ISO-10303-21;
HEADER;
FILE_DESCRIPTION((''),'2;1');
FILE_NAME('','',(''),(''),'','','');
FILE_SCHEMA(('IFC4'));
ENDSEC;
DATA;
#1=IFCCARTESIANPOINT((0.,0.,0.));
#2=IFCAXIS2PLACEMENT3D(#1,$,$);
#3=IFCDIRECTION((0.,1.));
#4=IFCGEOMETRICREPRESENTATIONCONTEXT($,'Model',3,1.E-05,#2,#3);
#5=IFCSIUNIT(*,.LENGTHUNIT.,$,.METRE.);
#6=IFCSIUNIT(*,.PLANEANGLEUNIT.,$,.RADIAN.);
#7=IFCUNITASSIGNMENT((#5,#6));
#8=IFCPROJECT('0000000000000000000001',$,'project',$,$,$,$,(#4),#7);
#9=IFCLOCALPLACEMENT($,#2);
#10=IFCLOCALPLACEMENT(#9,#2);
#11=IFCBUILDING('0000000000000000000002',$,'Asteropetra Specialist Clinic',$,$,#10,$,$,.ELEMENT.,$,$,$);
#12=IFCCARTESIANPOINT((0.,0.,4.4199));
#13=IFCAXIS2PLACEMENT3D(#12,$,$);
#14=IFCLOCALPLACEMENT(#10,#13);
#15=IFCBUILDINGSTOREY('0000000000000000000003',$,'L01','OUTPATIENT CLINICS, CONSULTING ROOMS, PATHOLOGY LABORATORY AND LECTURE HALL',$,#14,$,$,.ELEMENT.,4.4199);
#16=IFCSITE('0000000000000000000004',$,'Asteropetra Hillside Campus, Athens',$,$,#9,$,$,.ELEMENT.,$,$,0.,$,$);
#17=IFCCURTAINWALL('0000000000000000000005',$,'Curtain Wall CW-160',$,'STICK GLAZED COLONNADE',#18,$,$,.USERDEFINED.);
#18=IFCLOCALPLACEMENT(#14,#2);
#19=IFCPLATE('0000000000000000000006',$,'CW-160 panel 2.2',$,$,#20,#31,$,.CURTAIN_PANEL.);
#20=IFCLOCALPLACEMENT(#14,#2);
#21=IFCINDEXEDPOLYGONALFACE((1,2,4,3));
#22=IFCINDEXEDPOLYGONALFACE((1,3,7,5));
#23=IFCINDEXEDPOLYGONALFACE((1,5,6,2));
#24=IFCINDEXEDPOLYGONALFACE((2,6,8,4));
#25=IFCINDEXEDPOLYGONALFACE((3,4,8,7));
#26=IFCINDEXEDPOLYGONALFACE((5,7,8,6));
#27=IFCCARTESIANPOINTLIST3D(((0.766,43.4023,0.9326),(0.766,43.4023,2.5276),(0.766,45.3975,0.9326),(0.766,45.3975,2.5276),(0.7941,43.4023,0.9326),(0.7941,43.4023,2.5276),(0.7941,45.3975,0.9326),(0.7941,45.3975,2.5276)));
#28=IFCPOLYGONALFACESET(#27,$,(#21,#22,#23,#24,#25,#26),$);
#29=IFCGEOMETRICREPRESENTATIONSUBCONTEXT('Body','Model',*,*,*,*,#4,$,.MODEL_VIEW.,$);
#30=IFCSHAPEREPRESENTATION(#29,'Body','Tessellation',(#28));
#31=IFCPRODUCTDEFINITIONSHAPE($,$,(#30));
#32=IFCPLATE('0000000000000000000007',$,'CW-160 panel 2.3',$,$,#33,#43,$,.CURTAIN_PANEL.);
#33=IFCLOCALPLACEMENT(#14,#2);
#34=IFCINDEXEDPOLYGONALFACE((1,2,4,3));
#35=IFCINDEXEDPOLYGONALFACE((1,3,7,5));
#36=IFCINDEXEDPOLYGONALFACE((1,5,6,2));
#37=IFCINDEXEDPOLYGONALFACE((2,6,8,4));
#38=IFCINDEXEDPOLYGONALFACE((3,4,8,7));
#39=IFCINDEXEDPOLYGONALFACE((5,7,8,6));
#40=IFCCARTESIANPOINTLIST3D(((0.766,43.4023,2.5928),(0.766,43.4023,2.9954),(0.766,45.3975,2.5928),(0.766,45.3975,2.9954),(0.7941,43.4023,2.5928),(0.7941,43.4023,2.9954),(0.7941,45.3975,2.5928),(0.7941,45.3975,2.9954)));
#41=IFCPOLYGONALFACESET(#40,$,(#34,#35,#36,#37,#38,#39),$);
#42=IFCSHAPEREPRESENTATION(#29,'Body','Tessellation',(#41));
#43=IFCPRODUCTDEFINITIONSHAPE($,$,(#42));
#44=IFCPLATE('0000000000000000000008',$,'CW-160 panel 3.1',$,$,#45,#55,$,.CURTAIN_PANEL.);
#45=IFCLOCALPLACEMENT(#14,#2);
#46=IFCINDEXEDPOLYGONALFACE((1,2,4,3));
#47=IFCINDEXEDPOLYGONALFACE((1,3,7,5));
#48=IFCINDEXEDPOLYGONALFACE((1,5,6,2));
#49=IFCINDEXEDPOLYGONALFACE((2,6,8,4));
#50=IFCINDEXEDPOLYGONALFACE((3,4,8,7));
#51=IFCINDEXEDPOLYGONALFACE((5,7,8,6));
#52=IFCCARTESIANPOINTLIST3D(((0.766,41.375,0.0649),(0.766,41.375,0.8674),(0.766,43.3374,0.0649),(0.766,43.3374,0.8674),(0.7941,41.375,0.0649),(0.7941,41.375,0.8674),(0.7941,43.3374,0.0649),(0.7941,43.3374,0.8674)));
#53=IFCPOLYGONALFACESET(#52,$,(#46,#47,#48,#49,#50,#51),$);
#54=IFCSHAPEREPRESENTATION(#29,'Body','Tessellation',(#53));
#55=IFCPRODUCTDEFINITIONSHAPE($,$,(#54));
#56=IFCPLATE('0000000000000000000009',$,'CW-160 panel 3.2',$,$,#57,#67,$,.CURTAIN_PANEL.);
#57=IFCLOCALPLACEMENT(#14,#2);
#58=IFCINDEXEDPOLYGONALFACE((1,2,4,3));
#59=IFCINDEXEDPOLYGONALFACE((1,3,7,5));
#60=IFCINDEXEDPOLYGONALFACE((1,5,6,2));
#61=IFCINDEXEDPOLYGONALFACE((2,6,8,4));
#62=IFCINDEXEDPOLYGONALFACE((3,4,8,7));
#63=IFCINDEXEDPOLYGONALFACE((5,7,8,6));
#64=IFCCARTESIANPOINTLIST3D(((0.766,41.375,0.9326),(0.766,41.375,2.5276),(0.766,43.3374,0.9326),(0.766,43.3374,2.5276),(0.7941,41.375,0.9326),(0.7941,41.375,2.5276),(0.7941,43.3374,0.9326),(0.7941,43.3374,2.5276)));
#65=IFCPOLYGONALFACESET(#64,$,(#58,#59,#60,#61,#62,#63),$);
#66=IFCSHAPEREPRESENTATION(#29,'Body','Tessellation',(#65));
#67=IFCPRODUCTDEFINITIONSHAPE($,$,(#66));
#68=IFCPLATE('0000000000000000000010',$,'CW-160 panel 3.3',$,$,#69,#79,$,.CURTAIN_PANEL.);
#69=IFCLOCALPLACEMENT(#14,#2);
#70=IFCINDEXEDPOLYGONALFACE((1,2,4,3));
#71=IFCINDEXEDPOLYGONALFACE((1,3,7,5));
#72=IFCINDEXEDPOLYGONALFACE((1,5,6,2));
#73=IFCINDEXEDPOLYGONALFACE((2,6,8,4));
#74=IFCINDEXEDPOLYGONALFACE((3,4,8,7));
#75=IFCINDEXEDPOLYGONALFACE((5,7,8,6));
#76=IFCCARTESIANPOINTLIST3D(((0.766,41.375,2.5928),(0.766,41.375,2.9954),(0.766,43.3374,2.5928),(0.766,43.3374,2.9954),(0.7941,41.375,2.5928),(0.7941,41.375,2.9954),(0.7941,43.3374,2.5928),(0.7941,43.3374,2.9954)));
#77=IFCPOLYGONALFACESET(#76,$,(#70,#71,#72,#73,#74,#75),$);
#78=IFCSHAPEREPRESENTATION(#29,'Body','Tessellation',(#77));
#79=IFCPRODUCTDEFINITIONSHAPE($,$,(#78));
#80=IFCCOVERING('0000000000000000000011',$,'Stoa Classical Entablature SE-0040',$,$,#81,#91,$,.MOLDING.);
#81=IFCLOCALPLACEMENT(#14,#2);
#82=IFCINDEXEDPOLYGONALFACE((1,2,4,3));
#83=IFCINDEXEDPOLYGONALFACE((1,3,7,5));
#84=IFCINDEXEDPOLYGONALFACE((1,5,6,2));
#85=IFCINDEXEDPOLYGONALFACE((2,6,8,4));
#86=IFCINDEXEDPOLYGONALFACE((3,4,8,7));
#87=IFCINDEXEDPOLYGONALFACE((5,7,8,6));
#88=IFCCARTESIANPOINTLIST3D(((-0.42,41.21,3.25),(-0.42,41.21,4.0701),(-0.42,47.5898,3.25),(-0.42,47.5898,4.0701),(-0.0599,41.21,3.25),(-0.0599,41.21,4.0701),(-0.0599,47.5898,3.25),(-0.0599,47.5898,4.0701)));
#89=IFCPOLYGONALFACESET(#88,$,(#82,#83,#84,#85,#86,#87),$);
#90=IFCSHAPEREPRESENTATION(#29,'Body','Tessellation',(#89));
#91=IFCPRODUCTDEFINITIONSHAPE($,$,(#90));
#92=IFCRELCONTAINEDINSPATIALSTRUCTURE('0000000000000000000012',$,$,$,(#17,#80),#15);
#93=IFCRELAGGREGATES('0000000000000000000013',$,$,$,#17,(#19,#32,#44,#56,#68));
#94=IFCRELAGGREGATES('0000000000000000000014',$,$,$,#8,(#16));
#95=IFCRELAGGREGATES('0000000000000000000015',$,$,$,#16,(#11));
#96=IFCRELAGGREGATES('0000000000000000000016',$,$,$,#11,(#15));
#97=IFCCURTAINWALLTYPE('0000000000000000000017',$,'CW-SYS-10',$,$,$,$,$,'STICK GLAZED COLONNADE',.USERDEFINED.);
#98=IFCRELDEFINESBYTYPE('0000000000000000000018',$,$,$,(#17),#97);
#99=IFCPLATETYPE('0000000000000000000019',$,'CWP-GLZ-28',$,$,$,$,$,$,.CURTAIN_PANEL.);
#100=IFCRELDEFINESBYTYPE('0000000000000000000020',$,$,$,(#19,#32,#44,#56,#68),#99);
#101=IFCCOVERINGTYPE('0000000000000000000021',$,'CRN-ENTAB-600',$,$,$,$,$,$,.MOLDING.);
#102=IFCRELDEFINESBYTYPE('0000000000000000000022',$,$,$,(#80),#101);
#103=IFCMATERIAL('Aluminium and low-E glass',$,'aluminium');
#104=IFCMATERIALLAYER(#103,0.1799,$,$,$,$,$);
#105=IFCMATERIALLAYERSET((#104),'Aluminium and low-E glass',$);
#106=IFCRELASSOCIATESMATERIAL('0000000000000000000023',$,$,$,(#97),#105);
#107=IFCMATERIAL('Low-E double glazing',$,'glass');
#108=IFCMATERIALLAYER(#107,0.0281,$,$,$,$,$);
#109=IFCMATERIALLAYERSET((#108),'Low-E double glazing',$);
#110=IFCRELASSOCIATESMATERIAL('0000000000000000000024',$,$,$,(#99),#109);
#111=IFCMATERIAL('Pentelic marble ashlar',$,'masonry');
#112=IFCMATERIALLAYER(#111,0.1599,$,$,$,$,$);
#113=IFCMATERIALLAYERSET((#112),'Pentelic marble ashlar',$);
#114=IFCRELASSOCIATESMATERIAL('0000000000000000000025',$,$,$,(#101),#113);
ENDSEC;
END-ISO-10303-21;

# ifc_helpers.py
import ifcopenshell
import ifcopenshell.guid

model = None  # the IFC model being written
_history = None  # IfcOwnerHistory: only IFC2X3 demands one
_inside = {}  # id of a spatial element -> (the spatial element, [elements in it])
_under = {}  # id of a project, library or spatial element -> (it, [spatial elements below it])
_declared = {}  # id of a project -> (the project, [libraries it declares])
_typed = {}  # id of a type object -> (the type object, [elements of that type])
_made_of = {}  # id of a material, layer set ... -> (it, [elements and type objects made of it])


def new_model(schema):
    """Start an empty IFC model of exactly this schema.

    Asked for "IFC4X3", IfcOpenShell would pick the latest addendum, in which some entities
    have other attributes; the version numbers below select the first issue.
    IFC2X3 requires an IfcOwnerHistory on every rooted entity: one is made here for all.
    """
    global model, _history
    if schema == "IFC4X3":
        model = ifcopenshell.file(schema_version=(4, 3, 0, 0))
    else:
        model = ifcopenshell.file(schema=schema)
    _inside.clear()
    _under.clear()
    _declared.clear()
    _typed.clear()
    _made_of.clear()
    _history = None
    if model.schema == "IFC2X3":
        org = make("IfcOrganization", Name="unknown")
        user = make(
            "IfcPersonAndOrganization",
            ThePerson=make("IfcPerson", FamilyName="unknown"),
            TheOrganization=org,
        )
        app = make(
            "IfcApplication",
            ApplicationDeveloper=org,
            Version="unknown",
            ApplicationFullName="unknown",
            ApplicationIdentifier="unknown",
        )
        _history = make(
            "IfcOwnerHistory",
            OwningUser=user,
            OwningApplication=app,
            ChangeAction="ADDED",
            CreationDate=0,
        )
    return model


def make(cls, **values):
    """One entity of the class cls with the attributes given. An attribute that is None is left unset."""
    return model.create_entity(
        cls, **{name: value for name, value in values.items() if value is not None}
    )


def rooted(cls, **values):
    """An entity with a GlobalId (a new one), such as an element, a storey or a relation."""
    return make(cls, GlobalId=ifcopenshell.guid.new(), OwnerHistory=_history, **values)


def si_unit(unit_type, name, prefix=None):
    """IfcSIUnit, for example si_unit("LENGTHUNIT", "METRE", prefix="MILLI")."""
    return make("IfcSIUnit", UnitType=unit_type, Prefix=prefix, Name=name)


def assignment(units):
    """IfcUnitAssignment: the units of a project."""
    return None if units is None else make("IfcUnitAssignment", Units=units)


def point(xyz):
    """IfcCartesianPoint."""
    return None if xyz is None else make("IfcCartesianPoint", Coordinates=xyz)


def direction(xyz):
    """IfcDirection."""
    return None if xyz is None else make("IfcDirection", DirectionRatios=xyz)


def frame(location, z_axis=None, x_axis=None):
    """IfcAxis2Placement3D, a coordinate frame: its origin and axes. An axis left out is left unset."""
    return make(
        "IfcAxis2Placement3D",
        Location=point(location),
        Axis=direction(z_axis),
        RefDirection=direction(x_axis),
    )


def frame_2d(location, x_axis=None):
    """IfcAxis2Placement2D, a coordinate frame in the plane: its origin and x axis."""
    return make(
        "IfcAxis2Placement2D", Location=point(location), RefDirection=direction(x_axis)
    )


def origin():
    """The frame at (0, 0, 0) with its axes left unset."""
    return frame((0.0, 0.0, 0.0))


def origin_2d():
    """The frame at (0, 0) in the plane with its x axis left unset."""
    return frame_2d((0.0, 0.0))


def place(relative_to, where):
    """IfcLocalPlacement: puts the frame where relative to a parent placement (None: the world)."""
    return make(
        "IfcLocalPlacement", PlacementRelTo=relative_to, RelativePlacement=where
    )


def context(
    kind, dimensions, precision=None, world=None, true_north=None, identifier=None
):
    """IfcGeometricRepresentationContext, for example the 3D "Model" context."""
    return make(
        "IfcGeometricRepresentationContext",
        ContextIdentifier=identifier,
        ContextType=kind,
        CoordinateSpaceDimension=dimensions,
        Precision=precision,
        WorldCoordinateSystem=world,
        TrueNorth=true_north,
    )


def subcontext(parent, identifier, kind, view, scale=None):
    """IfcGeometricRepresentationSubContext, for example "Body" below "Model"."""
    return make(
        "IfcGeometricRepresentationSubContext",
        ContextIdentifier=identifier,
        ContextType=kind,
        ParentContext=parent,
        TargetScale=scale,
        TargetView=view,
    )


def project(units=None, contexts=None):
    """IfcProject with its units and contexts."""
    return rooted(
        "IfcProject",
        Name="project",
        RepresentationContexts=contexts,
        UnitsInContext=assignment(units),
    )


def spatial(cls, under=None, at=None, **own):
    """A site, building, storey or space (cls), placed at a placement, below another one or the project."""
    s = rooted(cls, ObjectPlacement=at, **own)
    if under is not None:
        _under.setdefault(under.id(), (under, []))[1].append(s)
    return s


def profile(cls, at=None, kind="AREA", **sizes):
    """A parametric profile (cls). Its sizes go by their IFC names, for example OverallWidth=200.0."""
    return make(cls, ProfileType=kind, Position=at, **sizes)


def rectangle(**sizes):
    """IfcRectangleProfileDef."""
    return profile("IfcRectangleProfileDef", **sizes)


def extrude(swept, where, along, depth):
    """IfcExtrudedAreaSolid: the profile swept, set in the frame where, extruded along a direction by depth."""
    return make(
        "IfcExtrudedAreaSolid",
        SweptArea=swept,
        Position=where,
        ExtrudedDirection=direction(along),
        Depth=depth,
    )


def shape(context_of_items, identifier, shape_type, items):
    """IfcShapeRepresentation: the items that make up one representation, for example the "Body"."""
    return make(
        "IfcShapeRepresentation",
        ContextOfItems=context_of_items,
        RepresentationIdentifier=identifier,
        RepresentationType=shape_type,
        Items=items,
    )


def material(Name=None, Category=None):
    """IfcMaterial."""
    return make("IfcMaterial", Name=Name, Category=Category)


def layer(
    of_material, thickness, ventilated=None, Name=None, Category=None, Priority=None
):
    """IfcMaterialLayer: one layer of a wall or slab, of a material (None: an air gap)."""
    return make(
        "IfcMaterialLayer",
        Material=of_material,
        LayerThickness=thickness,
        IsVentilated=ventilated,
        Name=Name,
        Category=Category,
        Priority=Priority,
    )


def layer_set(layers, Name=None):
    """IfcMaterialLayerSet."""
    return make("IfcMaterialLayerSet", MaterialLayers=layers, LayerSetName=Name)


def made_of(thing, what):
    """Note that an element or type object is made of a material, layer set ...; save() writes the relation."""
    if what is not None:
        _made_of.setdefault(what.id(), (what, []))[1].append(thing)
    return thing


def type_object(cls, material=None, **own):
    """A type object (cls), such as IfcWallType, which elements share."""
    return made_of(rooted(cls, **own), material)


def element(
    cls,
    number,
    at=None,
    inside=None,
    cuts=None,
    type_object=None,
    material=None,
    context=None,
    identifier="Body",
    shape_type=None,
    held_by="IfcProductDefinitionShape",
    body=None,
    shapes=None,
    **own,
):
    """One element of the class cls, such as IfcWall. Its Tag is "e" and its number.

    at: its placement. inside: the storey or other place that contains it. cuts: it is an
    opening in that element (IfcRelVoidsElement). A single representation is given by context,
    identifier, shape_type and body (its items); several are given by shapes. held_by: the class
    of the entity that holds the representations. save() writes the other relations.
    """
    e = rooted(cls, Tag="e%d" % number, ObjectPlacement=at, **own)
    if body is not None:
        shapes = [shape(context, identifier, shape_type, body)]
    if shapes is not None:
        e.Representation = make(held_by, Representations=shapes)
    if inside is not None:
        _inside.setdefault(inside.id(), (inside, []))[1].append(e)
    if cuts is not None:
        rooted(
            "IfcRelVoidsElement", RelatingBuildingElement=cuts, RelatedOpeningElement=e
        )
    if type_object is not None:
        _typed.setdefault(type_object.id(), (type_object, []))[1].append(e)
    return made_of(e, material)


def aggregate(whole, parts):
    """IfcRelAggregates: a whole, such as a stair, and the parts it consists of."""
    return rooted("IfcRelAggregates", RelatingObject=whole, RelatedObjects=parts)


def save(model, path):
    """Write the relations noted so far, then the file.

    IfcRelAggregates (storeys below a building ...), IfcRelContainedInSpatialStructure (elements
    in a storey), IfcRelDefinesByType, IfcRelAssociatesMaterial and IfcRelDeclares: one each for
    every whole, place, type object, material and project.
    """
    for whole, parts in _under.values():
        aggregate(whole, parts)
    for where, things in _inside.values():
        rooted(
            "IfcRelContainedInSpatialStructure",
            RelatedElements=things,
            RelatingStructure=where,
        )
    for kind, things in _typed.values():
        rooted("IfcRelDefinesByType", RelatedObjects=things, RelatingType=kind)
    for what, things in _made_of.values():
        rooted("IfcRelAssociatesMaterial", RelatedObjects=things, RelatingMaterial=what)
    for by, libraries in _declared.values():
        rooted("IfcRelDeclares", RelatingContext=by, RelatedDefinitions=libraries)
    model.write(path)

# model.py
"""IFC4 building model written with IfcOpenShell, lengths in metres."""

from ifc_helpers import new_model, si_unit, direction, frame, origin, origin_2d, place, context, subcontext, project, spatial, rectangle, extrude, material, layer, layer_set, type_object, element, aggregate, save


model = new_model("IFC4")

# Units and contexts
model_context = context("Model", 3, precision=1e-05, world=origin(), true_north=direction((0.0, 1.0)))
body_context = subcontext(model_context, "Body", "Model", "MODEL_VIEW")
ifc_project = project(units=[si_unit("LENGTHUNIT", "METRE"), si_unit("PLANEANGLEUNIT", "RADIAN")], contexts=[model_context])

# Site, building, storey
site_placement = place(None, origin())
site = spatial("IfcSite", under=ifc_project, at=site_placement, Name="Asteropetra Hillside Campus, Athens", CompositionType="ELEMENT", RefElevation=0.0)
building_placement = place(site_placement, origin())
building = spatial("IfcBuilding", under=site, at=building_placement, Name="Asteropetra Specialist Clinic", CompositionType="ELEMENT")
storey_placement = place(building_placement, frame((0.0, 0.0, 4.4199)))
storey = spatial("IfcBuildingStorey", under=building, at=storey_placement, Name="L01", Description="OUTPATIENT CLINICS, CONSULTING ROOMS, PATHOLOGY LABORATORY AND LECTURE HALL", CompositionType="ELEMENT", Elevation=4.4199)

# Curtain wall, plates
ifc_material_1 = material(Name="Aluminium and low-E glass", Category="aluminium")
ifc_layer_1 = layer(ifc_material_1, 0.1799)
ifc_layer_set_1 = layer_set([ifc_layer_1], Name="Aluminium and low-E glass")
curtain_wall_type = type_object("IfcCurtainWallType", Name="CW-SYS-10", ElementType="STICK GLAZED COLONNADE", PredefinedType="USERDEFINED", material=ifc_layer_set_1)
curtain_wall_placement = place(storey_placement, origin())
curtain_wall = element("IfcCurtainWall", 1, at=curtain_wall_placement, inside=storey, type_object=curtain_wall_type, Name="Curtain Wall CW-160", ObjectType="STICK GLAZED COLONNADE", PredefinedType="USERDEFINED")
ifc_material_2 = material(Name="Low-E double glazing", Category="glass")
ifc_layer_2 = layer(ifc_material_2, 0.0281)
ifc_layer_set_2 = layer_set([ifc_layer_2], Name="Low-E double glazing")
plate_type = type_object("IfcPlateType", Name="CWP-GLZ-28", PredefinedType="CURTAIN_PANEL", material=ifc_layer_set_2)
plate_1_placement = place(storey_placement, frame((0.78, 44.3999, 0.9326), z_axis=(0.0, 0.0, 1.0), x_axis=(0.0, -1.0, 0.0)))
plate_1 = element("IfcPlate", 2, at=plate_1_placement, type_object=plate_type, Name="CW-160 panel 2.2", PredefinedType="CURTAIN_PANEL", context=body_context, shape_type="SweptSolid", body=[
    extrude(rectangle(XDim=1.9951, YDim=0.0281, at=origin_2d()), origin(), (0.0, 0.0, 1.0), 1.595),
])
plate_2_placement = place(storey_placement, frame((0.78, 44.3999, 2.5928), z_axis=(0.0, 0.0, 1.0), x_axis=(0.0, -1.0, 0.0)))
plate_2 = element("IfcPlate", 3, at=plate_2_placement, type_object=plate_type, Name="CW-160 panel 2.3", PredefinedType="CURTAIN_PANEL", context=body_context, shape_type="SweptSolid", body=[
    extrude(rectangle(XDim=1.9951, YDim=0.0281, at=origin_2d()), origin(), (0.0, 0.0, 1.0), 0.4026),
])
plate_3_placement = place(storey_placement, frame((0.78, 42.3562, 0.0649), z_axis=(0.0, 0.0, 1.0), x_axis=(0.0, -1.0, 0.0)))
plate_3 = element("IfcPlate", 4, at=plate_3_placement, type_object=plate_type, Name="CW-160 panel 3.1", PredefinedType="CURTAIN_PANEL", context=body_context, shape_type="SweptSolid", body=[
    extrude(rectangle(XDim=1.9624, YDim=0.0281, at=origin_2d()), origin(), (0.0, 0.0, 1.0), 0.8025),
])
plate_4_placement = place(storey_placement, frame((0.78, 42.3562, 0.9326), z_axis=(0.0, 0.0, 1.0), x_axis=(0.0, -1.0, 0.0)))
plate_4 = element("IfcPlate", 5, at=plate_4_placement, type_object=plate_type, Name="CW-160 panel 3.2", PredefinedType="CURTAIN_PANEL", context=body_context, shape_type="SweptSolid", body=[
    extrude(rectangle(XDim=1.9624, YDim=0.0281, at=origin_2d()), origin(), (0.0, 0.0, 1.0), 1.595),
])
plate_5_placement = place(storey_placement, frame((0.78, 42.3562, 2.5928), z_axis=(0.0, 0.0, 1.0), x_axis=(0.0, -1.0, 0.0)))
plate_5 = element("IfcPlate", 6, at=plate_5_placement, type_object=plate_type, Name="CW-160 panel 3.3", PredefinedType="CURTAIN_PANEL", context=body_context, shape_type="SweptSolid", body=[
    extrude(rectangle(XDim=1.9624, YDim=0.0281, at=origin_2d()), origin(), (0.0, 0.0, 1.0), 0.4026),
])
aggregate(curtain_wall, [plate_1, plate_2, plate_3, plate_4, plate_5])

# Covering
ifc_material_3 = material(Name="Pentelic marble ashlar", Category="masonry")
ifc_layer_3 = layer(ifc_material_3, 0.1599)
ifc_layer_set_3 = layer_set([ifc_layer_3], Name="Pentelic marble ashlar")
covering_type = type_object("IfcCoveringType", Name="CRN-ENTAB-600", PredefinedType="MOLDING", material=ifc_layer_set_3)
covering_placement = place(storey_placement, frame((-0.24, 44.3999, 3.25), z_axis=(0.0, 0.0, 1.0), x_axis=(1.0, 0.0, 0.0)))
element("IfcCovering", 7, at=covering_placement, inside=storey, type_object=covering_type, Name="Stoa Classical Entablature SE-0040", PredefinedType="MOLDING", context=body_context, shape_type="SweptSolid", body=[
    extrude(rectangle(XDim=0.3601, YDim=6.3799, at=origin_2d()), origin(), (0.0, 0.0, 1.0), 0.8201),
])

save(model, "model.ifc")
